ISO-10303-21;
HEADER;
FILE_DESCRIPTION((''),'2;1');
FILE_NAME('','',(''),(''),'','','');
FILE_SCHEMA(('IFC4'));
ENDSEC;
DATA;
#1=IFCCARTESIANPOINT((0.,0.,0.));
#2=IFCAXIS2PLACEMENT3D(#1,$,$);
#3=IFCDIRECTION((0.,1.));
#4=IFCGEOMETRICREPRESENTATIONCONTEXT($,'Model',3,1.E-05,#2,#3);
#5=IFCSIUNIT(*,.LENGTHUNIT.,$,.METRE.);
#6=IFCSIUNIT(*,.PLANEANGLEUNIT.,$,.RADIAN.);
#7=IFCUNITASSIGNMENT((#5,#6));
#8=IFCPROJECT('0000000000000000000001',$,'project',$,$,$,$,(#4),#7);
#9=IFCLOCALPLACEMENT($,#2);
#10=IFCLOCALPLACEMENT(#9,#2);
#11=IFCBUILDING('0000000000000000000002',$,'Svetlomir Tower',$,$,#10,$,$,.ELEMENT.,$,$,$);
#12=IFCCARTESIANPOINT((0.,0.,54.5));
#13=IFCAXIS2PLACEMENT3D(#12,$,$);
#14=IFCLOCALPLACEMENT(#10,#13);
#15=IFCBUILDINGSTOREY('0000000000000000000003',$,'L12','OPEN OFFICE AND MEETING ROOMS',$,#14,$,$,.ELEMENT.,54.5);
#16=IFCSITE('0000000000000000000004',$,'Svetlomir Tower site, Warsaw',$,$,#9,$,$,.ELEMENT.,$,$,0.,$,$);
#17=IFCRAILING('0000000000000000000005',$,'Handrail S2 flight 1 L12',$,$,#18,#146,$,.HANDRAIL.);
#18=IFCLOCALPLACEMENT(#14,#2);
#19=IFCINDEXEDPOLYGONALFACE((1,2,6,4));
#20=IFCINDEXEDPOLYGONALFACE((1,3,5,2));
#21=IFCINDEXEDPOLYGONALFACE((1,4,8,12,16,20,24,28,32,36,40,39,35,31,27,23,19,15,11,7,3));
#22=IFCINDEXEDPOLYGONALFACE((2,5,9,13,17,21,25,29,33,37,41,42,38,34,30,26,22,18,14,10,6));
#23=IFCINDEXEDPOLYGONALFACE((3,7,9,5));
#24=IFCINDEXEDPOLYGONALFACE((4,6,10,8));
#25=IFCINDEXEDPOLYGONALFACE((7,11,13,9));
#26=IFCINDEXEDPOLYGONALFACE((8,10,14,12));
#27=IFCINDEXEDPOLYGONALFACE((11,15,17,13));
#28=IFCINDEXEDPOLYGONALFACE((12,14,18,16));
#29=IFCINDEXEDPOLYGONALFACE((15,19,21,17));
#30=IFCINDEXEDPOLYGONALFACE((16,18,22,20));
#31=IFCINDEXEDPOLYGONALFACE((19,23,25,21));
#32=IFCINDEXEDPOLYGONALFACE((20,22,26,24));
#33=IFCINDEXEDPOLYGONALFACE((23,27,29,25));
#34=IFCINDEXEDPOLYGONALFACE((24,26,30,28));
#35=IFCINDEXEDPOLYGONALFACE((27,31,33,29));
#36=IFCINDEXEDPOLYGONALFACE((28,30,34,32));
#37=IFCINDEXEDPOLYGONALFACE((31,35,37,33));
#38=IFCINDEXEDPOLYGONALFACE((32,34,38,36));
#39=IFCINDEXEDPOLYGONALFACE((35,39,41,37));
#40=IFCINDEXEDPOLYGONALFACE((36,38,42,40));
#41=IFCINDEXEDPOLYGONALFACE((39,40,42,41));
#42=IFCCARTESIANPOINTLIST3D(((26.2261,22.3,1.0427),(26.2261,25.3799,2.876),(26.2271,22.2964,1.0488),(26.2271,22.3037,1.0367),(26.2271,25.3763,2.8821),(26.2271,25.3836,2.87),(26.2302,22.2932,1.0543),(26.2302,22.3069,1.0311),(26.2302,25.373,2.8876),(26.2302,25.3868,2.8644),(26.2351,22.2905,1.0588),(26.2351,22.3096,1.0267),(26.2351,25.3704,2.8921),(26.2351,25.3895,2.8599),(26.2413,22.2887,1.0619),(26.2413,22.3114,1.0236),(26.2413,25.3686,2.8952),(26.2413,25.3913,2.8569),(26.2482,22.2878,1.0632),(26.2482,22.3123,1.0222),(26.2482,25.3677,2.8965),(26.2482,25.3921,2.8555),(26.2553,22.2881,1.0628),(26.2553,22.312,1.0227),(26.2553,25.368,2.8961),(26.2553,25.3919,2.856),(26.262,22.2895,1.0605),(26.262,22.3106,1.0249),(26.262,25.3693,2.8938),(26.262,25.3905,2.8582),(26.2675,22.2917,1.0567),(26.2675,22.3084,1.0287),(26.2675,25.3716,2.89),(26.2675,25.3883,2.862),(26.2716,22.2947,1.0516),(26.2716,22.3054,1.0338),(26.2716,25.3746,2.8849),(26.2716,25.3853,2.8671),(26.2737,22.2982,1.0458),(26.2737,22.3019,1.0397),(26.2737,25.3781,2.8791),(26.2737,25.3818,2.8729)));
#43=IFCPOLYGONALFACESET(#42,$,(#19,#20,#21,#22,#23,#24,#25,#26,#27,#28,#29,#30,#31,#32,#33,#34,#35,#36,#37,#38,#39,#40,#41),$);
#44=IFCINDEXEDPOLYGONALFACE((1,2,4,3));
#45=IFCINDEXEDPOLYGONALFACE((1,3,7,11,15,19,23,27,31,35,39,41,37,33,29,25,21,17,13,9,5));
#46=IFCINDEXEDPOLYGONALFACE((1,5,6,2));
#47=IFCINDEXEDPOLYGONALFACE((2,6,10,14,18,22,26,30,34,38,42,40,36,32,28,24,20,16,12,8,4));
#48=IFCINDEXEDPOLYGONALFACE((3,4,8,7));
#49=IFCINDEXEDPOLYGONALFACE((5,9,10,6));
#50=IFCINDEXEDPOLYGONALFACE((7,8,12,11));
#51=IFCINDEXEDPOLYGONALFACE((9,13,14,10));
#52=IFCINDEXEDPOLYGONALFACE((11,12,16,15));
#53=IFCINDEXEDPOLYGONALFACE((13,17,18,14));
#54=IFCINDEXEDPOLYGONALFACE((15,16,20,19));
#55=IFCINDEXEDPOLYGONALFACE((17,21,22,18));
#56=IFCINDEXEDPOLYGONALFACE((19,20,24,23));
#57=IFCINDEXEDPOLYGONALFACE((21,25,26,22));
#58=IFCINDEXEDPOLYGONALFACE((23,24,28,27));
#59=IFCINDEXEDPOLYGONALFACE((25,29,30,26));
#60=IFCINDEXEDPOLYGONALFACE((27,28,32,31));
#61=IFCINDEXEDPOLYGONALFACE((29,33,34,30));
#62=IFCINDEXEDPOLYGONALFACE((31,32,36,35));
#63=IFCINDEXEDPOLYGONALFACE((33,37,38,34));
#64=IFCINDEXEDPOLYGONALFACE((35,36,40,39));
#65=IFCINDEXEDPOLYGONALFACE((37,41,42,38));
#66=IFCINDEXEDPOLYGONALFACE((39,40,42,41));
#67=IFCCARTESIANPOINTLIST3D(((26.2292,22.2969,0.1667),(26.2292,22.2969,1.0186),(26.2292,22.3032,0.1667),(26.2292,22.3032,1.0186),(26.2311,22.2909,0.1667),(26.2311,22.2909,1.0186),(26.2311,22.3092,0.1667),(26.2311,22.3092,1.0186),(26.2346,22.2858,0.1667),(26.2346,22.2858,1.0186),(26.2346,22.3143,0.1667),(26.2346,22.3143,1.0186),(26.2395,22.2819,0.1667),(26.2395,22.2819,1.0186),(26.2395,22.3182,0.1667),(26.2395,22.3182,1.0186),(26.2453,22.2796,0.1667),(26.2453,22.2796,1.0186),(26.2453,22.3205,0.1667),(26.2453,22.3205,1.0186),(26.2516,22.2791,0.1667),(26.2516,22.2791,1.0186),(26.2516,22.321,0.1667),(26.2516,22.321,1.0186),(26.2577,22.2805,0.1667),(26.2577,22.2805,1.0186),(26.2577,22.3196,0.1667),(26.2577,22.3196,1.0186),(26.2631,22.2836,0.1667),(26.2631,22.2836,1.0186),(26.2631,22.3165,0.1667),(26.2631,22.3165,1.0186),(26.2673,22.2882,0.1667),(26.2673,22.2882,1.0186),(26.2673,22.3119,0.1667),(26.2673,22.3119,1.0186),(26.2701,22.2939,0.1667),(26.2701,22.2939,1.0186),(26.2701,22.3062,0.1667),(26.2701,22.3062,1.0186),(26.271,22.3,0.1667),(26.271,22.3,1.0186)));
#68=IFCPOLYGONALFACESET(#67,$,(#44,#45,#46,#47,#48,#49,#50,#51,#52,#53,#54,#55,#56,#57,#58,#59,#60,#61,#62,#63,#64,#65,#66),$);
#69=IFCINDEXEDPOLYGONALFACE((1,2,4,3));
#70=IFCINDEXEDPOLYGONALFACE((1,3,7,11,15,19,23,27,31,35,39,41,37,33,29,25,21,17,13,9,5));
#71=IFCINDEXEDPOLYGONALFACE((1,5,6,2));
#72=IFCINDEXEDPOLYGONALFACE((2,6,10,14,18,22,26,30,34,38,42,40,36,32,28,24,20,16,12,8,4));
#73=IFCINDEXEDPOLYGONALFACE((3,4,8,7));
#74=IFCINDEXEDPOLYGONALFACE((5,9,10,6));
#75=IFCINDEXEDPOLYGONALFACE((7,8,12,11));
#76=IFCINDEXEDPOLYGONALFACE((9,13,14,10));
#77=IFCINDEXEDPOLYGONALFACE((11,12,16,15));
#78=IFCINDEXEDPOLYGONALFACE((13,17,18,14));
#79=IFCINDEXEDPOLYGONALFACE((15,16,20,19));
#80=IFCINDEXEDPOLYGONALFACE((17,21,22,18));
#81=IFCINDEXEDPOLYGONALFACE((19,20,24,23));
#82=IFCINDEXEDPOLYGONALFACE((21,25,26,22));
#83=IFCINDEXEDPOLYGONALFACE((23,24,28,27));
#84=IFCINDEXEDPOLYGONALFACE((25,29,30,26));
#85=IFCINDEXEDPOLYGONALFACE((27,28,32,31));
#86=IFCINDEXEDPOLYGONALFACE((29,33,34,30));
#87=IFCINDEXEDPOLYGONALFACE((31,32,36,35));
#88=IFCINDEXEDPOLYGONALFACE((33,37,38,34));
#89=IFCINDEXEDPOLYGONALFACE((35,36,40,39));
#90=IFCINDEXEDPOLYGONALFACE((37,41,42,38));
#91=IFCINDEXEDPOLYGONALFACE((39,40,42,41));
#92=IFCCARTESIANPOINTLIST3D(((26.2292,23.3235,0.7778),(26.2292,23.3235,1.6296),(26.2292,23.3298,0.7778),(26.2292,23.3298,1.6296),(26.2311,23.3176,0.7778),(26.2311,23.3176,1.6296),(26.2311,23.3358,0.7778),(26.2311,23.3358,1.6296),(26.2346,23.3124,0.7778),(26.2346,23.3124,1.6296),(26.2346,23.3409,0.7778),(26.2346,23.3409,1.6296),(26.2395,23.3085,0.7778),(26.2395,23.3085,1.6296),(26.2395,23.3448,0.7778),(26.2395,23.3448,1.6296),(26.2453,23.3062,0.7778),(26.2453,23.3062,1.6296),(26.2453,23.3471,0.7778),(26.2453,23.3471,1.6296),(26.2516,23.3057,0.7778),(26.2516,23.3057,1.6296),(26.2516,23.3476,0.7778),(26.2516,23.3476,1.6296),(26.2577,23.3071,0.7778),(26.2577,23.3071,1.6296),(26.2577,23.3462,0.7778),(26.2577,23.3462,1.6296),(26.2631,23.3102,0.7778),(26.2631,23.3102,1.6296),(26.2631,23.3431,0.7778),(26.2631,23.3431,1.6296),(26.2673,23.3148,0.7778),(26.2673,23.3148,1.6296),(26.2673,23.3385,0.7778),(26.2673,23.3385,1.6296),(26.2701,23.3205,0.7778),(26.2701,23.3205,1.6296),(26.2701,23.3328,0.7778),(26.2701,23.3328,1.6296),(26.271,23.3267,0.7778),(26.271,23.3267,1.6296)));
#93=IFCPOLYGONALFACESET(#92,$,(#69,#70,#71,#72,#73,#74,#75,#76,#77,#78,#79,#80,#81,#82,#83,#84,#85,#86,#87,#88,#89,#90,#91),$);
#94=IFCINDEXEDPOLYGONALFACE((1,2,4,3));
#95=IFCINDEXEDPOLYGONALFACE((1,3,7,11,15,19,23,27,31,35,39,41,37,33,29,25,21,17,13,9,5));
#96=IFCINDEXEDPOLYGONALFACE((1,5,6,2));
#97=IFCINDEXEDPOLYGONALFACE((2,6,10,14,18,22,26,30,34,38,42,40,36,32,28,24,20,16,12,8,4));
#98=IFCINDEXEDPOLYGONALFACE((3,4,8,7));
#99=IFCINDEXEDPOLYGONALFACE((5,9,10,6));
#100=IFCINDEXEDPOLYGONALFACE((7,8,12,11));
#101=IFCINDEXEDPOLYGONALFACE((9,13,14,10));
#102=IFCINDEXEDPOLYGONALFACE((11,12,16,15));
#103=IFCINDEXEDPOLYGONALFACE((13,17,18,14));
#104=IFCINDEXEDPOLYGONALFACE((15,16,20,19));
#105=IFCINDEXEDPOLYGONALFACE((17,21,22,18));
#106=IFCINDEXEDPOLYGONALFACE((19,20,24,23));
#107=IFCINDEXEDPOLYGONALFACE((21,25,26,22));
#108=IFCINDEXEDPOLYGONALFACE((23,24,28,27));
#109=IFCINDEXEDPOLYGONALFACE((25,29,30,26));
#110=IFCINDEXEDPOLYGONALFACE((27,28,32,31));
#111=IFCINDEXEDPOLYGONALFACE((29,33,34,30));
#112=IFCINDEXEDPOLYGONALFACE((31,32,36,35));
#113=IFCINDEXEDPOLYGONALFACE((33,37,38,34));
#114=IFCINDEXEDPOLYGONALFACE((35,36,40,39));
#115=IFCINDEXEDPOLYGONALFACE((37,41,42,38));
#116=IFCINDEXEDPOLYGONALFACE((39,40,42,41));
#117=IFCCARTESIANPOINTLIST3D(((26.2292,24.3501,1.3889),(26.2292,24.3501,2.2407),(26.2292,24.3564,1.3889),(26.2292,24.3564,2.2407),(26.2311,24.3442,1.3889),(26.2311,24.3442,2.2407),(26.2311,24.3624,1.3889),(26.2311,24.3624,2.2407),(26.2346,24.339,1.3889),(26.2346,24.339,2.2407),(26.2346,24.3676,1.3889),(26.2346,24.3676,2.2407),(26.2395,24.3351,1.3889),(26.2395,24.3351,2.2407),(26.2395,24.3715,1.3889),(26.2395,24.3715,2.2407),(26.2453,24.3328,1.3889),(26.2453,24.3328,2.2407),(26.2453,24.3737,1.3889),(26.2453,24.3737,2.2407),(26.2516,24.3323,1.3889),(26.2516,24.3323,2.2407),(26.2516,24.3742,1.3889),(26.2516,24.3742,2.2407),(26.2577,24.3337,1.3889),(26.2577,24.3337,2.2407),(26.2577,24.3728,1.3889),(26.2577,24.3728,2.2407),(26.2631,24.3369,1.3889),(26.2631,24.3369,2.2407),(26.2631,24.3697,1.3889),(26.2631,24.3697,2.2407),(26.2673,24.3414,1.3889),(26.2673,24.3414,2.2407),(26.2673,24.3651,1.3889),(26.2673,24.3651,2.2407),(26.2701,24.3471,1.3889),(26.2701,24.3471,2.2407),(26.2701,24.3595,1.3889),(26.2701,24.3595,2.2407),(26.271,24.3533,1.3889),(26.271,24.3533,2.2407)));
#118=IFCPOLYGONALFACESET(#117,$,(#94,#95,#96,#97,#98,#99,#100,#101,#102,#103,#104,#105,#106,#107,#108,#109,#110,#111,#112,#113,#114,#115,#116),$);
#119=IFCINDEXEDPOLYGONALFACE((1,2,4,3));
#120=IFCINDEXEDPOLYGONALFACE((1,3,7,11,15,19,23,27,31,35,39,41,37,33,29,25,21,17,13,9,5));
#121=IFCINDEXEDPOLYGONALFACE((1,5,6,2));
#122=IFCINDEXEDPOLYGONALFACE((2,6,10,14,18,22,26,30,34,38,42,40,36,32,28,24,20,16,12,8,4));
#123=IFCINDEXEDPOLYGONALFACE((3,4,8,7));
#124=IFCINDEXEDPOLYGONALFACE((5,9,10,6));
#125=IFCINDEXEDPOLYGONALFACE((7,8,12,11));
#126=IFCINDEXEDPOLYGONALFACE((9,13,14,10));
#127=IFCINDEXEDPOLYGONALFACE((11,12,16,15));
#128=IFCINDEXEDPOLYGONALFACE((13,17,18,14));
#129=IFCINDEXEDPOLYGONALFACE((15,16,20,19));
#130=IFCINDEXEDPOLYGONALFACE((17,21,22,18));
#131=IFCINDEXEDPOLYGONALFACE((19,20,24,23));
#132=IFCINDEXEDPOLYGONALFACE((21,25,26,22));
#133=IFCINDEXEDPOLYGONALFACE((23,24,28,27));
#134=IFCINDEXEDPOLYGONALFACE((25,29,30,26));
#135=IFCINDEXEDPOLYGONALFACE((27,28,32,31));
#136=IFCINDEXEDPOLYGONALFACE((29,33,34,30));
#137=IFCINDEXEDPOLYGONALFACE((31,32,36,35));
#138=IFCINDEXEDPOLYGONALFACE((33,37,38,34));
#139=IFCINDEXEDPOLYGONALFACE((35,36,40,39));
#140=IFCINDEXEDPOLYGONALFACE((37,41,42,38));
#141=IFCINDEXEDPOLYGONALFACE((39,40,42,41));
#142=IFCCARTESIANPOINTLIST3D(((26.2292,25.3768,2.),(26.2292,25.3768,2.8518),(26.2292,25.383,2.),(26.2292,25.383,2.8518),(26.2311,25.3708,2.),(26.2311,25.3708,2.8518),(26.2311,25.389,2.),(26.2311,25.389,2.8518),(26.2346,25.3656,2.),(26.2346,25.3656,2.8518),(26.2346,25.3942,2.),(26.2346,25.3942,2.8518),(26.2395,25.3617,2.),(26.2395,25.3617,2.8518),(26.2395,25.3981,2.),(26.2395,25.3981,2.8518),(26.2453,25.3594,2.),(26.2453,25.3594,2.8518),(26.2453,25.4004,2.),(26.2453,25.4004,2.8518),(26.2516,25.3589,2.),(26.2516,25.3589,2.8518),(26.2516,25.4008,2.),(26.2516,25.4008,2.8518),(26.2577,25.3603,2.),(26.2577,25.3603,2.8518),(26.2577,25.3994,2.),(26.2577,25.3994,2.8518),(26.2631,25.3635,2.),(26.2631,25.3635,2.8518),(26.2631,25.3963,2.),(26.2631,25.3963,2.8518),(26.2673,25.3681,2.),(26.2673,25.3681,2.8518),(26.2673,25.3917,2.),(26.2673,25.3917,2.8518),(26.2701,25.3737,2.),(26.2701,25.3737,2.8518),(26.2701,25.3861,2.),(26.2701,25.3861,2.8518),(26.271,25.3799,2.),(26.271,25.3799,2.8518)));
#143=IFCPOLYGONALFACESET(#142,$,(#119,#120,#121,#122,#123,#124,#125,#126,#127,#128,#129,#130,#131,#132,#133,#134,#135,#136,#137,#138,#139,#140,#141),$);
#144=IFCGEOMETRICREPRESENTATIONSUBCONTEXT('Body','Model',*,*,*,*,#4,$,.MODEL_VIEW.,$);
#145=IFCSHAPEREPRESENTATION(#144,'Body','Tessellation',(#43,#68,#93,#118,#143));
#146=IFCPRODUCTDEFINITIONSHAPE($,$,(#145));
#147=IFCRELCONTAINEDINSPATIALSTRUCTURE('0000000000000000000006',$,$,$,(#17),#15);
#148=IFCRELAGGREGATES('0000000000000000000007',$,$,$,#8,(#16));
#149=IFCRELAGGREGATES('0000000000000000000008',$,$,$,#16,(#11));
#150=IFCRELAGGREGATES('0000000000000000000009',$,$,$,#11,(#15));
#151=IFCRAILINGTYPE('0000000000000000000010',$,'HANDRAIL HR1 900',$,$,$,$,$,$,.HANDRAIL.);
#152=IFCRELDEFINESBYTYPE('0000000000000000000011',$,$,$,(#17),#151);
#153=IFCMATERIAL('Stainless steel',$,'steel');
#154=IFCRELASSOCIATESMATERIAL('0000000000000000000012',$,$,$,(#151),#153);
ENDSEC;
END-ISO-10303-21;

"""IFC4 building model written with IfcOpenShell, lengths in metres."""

from ifc_helpers import new_model, si_unit, direction, frame, origin, origin_2d, place, context, subcontext, project, spatial, circle, extrude, material, type_object, element, save


model = new_model("IFC4")

# Units and contexts
model_context = context("Model", 3, precision=1e-05, world=origin(), true_north=direction((0.0, 1.0)))
body_context = subcontext(model_context, "Body", "Model", "MODEL_VIEW")
ifc_project = project(units=[si_unit("LENGTHUNIT", "METRE"), si_unit("PLANEANGLEUNIT", "RADIAN")], contexts=[model_context])

# Site, building, storey
site_placement = place(None, origin())
site = spatial("IfcSite", under=ifc_project, at=site_placement, Name="Svetlomir Tower site, Warsaw", CompositionType="ELEMENT", RefElevation=0.0)
building_placement = place(site_placement, origin())
building = spatial("IfcBuilding", under=site, at=building_placement, Name="Svetlomir Tower", CompositionType="ELEMENT")
storey_placement = place(building_placement, frame((0.0, 0.0, 54.5)))
storey = spatial("IfcBuildingStorey", under=building, at=storey_placement, Name="L12", Description="OPEN OFFICE AND MEETING ROOMS", CompositionType="ELEMENT", Elevation=54.5)

# Railing
ifc_material_1 = material(Name="Stainless steel", Category="steel")
railing_type = type_object("IfcRailingType", Name="HANDRAIL HR1 900", PredefinedType="HANDRAIL", material=ifc_material_1)
railing_1_placement = place(storey_placement, frame((26.25, 22.3, 0.1667)))
element("IfcRailing", 1, at=railing_1_placement, inside=storey, type_object=railing_type, Name="Handrail S2 flight 1 L12", PredefinedType="HANDRAIL", context=body_context, shape_type="SweptSolid", body=[
    extrude(circle(Radius=0.0239, at=origin_2d()), frame((0.0, 0.0, 0.876), z_axis=(0.0, 0.859291, 0.511487), x_axis=(-1.0, 0.0, 0.0)), (0.0, 0.0, 1.0), 3.5842),
    extrude(circle(Radius=0.021, at=origin_2d()), origin(), (0.0, 0.0, 1.0), 0.8518),
    extrude(circle(Radius=0.021, at=origin_2d()), frame((0.0, 1.0266, 0.6111)), (0.0, 0.0, 1.0), 0.8518),
    extrude(circle(Radius=0.021, at=origin_2d()), frame((0.0, 2.0532, 1.2222)), (0.0, 0.0, 1.0), 0.8518),
    extrude(circle(Radius=0.021, at=origin_2d()), frame((0.0, 3.0798, 1.8333)), (0.0, 0.0, 1.0), 0.8518),
])

save(model, "model.ifc")
